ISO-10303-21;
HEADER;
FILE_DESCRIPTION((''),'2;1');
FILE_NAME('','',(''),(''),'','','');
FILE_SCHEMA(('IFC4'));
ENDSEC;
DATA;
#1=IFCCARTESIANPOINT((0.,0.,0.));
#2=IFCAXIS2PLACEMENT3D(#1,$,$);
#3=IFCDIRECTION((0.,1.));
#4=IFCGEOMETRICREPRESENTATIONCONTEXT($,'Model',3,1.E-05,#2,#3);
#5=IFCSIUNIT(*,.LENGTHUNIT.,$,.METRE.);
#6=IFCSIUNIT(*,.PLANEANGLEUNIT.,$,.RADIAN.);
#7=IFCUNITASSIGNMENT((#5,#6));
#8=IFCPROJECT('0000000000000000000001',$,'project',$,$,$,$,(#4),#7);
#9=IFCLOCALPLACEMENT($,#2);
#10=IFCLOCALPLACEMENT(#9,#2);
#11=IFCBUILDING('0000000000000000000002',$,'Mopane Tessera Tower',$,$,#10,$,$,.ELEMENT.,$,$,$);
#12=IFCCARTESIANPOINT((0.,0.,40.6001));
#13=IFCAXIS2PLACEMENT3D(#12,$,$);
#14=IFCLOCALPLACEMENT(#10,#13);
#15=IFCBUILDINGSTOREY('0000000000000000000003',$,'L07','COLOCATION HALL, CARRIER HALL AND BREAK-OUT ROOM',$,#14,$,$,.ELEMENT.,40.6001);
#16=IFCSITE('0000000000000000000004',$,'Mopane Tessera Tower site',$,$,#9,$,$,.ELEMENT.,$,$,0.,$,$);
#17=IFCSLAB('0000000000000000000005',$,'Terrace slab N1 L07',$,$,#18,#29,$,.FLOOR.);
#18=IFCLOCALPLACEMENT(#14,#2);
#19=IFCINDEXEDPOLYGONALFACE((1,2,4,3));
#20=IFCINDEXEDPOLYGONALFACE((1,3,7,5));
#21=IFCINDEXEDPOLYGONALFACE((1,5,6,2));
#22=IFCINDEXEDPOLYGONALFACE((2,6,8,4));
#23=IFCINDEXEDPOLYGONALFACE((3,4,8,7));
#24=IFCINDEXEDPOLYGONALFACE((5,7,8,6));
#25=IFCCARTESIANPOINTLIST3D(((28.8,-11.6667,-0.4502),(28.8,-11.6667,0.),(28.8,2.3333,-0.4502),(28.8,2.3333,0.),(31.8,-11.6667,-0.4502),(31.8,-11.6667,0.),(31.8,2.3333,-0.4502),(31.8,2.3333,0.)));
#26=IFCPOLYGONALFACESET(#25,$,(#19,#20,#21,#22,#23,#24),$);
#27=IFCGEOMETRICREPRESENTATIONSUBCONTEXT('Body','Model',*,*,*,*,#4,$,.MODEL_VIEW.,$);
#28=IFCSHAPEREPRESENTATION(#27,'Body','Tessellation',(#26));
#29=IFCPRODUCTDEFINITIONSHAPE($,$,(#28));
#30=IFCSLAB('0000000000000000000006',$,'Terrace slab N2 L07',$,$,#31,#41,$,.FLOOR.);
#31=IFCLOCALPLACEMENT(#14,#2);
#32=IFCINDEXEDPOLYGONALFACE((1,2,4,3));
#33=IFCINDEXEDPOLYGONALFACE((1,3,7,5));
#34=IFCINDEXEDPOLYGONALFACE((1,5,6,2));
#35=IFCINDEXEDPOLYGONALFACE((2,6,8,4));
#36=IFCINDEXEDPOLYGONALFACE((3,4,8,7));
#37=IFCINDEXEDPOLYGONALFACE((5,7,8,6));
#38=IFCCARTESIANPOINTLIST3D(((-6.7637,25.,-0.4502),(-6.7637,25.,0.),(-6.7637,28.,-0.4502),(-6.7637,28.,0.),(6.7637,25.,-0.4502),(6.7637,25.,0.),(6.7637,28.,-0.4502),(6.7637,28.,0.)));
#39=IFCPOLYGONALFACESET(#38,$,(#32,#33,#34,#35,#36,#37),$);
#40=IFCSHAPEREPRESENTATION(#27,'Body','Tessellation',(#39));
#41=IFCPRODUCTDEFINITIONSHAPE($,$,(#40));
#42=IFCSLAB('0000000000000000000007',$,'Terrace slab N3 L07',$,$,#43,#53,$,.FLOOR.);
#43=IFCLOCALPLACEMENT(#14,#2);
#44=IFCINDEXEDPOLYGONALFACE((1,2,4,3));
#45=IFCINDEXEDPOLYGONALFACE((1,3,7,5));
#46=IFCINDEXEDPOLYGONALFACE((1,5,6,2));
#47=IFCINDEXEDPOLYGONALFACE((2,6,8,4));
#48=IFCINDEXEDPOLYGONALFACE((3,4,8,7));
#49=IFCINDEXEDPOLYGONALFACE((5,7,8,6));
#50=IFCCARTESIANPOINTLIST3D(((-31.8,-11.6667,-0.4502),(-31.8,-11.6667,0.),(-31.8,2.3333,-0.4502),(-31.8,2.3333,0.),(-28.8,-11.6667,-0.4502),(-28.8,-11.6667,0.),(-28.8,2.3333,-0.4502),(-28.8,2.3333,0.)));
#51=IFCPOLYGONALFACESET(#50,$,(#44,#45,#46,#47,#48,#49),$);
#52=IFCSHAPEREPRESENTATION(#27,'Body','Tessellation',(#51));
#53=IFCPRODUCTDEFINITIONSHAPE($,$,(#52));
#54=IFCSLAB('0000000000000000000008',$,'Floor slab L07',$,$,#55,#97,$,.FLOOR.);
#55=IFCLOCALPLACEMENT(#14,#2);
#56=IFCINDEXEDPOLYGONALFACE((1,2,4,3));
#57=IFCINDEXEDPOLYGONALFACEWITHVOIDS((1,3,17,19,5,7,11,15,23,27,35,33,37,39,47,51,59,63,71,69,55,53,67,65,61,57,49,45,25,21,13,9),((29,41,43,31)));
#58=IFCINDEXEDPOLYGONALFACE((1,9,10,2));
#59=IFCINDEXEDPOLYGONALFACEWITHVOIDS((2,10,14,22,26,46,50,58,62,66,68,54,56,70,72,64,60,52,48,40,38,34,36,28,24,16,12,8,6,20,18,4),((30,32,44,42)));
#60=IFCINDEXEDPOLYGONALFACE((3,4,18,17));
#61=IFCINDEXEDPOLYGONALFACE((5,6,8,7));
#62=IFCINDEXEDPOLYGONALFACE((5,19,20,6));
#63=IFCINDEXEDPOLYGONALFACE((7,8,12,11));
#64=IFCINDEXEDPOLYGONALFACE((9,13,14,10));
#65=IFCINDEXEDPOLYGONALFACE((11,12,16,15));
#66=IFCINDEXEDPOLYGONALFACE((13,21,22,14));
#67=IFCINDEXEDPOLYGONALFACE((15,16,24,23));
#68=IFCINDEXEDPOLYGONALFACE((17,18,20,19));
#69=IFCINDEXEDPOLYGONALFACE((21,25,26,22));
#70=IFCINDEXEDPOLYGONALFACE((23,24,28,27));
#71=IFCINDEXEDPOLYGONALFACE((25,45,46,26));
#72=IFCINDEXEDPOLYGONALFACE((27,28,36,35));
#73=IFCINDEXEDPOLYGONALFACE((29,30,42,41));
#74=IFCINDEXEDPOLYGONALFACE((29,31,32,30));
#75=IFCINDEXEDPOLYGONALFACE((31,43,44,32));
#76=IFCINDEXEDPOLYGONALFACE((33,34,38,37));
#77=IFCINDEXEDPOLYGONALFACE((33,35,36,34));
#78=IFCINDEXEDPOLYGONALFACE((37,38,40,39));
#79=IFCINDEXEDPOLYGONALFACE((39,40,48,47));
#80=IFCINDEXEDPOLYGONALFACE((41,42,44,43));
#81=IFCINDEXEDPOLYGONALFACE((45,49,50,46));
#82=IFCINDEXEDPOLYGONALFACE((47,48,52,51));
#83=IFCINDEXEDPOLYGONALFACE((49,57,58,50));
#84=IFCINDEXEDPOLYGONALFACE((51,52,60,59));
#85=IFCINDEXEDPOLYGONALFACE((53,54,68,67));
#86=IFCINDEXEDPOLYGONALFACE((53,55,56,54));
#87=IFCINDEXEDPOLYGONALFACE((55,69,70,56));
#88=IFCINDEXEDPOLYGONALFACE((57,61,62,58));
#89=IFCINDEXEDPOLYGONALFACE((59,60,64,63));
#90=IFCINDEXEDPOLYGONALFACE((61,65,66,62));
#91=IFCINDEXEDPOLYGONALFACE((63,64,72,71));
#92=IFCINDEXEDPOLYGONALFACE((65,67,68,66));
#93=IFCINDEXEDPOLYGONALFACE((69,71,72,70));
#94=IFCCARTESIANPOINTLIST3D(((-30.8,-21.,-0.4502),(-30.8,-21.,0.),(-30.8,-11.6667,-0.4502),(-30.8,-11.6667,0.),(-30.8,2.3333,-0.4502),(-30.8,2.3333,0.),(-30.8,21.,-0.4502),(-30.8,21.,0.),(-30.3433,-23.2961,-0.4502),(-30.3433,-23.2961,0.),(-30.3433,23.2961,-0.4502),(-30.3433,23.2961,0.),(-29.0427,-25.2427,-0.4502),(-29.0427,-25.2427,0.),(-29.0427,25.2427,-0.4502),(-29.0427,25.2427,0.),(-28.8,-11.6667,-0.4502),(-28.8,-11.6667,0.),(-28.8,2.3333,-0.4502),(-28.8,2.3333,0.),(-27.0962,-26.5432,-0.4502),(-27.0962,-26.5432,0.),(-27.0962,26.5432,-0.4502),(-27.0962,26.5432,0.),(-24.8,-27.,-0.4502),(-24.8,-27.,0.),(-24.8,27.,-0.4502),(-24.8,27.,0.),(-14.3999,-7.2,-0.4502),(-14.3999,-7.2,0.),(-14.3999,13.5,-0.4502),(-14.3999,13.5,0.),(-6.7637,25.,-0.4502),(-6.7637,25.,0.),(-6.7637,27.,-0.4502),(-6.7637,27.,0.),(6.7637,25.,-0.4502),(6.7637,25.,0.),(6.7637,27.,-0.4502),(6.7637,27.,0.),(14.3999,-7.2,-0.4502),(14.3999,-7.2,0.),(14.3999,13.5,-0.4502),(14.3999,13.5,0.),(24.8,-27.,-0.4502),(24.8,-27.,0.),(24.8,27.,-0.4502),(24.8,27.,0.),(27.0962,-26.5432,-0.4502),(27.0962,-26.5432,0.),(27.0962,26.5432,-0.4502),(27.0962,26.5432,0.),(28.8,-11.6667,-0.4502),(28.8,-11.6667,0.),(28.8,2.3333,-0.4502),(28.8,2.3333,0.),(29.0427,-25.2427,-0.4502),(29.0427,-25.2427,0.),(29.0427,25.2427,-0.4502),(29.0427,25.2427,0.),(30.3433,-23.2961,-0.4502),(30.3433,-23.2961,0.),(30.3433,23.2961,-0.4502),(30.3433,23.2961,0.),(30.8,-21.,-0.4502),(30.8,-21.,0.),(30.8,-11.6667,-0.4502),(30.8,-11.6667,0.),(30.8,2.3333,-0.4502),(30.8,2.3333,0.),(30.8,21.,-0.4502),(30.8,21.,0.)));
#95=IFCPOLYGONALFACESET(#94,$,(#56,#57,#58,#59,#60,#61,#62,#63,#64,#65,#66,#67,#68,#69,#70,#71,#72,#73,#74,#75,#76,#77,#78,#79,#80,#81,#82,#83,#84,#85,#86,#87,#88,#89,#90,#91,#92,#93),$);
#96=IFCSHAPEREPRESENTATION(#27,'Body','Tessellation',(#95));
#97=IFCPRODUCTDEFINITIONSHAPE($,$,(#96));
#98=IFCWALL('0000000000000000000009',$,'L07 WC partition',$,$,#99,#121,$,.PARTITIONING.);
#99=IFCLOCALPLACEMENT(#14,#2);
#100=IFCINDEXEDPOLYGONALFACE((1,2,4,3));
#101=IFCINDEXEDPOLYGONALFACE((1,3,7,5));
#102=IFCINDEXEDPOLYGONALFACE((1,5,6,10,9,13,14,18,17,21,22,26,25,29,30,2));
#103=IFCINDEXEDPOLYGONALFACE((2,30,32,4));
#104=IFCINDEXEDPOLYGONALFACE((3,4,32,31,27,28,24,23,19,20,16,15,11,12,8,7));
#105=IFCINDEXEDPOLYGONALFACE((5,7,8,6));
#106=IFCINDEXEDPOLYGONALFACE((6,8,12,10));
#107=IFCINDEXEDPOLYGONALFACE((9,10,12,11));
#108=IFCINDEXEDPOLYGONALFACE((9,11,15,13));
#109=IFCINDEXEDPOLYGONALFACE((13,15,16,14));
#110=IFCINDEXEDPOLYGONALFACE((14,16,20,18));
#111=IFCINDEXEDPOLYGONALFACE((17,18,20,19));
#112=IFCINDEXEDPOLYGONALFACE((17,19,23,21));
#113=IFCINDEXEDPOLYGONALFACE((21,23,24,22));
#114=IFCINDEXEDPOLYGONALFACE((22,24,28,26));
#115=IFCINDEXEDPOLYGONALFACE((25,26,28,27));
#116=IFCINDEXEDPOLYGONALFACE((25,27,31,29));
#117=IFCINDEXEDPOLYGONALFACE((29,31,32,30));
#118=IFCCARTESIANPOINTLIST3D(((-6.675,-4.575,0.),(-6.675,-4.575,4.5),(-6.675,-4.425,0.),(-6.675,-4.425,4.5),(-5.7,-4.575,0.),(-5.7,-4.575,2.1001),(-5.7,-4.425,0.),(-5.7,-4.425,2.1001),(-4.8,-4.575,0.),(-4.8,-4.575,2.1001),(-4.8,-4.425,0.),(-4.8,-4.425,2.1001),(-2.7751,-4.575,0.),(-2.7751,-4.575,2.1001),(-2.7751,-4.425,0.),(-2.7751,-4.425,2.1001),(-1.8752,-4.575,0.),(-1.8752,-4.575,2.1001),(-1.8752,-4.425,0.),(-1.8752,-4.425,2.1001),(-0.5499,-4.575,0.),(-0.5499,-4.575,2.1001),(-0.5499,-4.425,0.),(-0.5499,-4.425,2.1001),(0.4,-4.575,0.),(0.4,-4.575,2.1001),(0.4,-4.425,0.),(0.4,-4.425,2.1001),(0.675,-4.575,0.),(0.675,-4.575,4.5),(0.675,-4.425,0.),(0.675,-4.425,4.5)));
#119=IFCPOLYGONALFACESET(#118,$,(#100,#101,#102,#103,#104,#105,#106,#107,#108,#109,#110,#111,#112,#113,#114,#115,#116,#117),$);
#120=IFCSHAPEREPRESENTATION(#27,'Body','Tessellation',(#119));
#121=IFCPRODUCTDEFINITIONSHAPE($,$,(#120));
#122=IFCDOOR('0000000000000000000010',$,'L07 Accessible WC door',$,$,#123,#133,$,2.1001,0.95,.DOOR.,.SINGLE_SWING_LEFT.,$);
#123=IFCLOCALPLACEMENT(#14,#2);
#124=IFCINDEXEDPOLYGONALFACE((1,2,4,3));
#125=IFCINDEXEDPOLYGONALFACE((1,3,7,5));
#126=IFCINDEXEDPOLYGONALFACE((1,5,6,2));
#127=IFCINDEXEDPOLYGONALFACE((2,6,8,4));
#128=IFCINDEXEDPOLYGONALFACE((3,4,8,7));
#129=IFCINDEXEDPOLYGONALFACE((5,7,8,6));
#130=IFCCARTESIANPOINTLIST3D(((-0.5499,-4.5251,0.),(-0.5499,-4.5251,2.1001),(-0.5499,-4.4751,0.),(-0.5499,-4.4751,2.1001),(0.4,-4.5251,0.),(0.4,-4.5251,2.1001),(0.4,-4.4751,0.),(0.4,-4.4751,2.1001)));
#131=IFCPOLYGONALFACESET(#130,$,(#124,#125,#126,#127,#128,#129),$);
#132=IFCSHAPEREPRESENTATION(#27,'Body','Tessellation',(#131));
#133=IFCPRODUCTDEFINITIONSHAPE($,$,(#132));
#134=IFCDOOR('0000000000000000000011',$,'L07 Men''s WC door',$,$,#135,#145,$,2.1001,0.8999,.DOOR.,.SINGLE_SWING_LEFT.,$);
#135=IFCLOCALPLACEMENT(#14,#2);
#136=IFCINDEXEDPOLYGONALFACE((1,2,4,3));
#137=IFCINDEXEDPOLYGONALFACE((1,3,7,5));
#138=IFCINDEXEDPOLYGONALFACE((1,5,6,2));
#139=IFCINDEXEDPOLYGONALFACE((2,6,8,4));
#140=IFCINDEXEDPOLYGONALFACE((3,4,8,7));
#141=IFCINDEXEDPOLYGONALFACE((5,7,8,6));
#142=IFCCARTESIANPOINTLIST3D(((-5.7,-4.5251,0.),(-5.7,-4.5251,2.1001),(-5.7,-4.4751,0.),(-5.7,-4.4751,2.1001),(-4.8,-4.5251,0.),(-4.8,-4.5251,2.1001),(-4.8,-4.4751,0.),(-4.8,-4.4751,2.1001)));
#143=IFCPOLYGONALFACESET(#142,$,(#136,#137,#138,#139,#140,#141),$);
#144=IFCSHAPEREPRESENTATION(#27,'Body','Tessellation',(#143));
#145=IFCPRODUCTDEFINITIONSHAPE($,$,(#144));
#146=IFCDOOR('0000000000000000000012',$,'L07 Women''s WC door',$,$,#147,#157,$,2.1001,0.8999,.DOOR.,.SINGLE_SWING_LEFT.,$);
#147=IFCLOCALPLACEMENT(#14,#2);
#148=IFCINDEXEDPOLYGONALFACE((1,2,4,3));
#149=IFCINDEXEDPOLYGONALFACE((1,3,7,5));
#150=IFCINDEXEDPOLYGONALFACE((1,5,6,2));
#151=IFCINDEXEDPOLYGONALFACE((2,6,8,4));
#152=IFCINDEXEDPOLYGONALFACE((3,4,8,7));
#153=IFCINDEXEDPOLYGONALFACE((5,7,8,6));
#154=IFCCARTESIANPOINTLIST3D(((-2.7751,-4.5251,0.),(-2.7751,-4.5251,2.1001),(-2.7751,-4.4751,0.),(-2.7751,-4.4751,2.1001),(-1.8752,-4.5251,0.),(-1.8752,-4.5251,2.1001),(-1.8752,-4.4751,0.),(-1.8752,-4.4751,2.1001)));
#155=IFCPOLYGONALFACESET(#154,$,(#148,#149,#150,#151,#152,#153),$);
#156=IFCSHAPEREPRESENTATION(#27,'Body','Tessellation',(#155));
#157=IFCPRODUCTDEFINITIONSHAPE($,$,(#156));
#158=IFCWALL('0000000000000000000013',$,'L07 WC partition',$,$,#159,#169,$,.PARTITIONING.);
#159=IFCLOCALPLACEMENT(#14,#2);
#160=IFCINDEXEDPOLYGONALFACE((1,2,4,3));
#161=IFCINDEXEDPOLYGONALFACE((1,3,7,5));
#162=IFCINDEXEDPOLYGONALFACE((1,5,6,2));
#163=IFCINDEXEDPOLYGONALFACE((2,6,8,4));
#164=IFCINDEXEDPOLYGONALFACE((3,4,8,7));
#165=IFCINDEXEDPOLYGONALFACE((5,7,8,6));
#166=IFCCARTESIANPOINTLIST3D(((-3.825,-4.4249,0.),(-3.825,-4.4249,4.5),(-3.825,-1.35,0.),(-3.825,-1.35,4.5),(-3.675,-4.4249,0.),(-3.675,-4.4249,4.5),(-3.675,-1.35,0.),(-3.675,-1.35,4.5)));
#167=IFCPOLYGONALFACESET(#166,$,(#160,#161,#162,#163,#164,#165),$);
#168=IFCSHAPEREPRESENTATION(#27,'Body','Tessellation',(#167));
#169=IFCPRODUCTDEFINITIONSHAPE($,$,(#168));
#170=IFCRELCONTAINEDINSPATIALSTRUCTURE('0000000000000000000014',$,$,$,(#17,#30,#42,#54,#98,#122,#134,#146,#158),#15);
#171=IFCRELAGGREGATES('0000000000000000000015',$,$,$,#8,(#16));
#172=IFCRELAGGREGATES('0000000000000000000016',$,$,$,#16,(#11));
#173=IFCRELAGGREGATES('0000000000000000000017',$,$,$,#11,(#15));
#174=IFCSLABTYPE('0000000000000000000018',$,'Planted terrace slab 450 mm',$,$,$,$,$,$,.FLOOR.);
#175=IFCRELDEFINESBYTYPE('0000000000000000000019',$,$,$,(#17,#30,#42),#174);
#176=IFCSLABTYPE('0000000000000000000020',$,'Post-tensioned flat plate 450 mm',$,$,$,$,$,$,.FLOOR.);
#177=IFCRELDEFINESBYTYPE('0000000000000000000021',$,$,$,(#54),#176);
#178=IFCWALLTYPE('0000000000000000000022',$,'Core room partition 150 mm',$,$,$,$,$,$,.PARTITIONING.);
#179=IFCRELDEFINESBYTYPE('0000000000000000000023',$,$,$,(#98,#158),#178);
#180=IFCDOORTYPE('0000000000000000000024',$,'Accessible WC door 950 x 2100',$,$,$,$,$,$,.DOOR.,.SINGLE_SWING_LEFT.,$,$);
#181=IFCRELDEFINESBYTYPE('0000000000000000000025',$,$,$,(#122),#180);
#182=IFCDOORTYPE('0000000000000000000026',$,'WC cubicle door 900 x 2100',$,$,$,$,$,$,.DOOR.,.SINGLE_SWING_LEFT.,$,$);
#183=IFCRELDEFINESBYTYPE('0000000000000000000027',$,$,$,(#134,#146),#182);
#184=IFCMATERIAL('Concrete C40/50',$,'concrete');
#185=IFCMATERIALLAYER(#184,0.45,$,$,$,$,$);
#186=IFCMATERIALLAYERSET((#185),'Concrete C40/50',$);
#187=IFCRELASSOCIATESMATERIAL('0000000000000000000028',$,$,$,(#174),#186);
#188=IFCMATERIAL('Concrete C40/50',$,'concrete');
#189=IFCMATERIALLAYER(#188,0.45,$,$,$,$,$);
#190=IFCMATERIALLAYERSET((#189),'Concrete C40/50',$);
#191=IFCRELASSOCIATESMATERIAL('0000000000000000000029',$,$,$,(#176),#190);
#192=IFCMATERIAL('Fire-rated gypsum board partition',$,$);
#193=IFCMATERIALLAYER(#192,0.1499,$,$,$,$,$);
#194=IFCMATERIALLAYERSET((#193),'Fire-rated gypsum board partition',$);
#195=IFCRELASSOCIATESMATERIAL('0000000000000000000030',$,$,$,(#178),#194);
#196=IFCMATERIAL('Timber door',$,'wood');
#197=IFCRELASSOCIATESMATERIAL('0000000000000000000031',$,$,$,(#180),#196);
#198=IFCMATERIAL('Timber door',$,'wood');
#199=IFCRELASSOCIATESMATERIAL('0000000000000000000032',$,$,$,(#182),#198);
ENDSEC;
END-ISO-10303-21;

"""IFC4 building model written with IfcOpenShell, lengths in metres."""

from ifc_helpers import new_model, si_unit, direction, frame, frame_2d, origin, place, context, subcontext, project, spatial, polyline, rectangle, outline, extrude, material, layer, layer_set, type_object, element, fill, save


model = new_model("IFC4")

# Units and contexts
model_context = context("Model", 3, precision=1e-05, world=origin(), true_north=direction((0.0, 1.0)))
body_context = subcontext(model_context, "Body", "Model", "MODEL_VIEW")
ifc_project = project(units=[si_unit("LENGTHUNIT", "METRE"), si_unit("PLANEANGLEUNIT", "RADIAN")], contexts=[model_context])

# Site, building, storey
site_placement = place(None, origin())
site = spatial("IfcSite", under=ifc_project, at=site_placement, Name="Mopane Tessera Tower site", CompositionType="ELEMENT", RefElevation=0.0)
building_placement = place(site_placement, origin())
building = spatial("IfcBuilding", under=site, at=building_placement, Name="Mopane Tessera Tower", CompositionType="ELEMENT")
storey_placement = place(building_placement, frame((0.0, 0.0, 40.6001)))
storey = spatial("IfcBuildingStorey", under=building, at=storey_placement, Name="L07", Description="COLOCATION HALL, CARRIER HALL AND BREAK-OUT ROOM", CompositionType="ELEMENT", Elevation=40.6001)

# Slabs
ifc_material_1 = material(Name="Concrete C40/50", Category="concrete")
ifc_layer_1 = layer(ifc_material_1, 0.45)
ifc_layer_set_1 = layer_set([ifc_layer_1], Name="Concrete C40/50")
slab_type_1 = type_object("IfcSlabType", Name="Planted terrace slab 450 mm", PredefinedType="FLOOR", material=ifc_layer_set_1)
slab_1_placement = place(storey_placement, frame((0.0, 0.0, -0.4502)))
element("IfcSlab", 1, at=slab_1_placement, inside=storey, type_object=slab_type_1, Name="Terrace slab N1 L07", PredefinedType="FLOOR", context=body_context, shape_type="SweptSolid", body=[
    extrude(outline(polyline([(31.8, 2.3333), (28.8, 2.3333), (28.8, -11.6667), (31.8, -11.6667), (31.8, 2.3333)])), origin(), (0.0, 0.0, 1.0), 0.4502),
])
slab_2_placement = place(storey_placement, frame((0.0, 0.0, -0.4502)))
element("IfcSlab", 2, at=slab_2_placement, inside=storey, type_object=slab_type_1, Name="Terrace slab N2 L07", PredefinedType="FLOOR", context=body_context, shape_type="SweptSolid", body=[
    extrude(outline(polyline([(-6.7637, 28.0), (-6.7637, 25.0), (6.7637, 25.0), (6.7637, 28.0), (-6.7637, 28.0)])), origin(), (0.0, 0.0, 1.0), 0.4502),
])
slab_3_placement = place(storey_placement, frame((0.0, 0.0, -0.4502)))
element("IfcSlab", 3, at=slab_3_placement, inside=storey, type_object=slab_type_1, Name="Terrace slab N3 L07", PredefinedType="FLOOR", context=body_context, shape_type="SweptSolid", body=[
    extrude(outline(polyline([(-31.8, -11.6667), (-28.8, -11.6667), (-28.8, 2.3333), (-31.8, 2.3333), (-31.8, -11.6667)])), origin(), (0.0, 0.0, 1.0), 0.4502),
])
ifc_material_2 = material(Name="Concrete C40/50", Category="concrete")
ifc_layer_2 = layer(ifc_material_2, 0.45)
ifc_layer_set_2 = layer_set([ifc_layer_2], Name="Concrete C40/50")
slab_type_2 = type_object("IfcSlabType", Name="Post-tensioned flat plate 450 mm", PredefinedType="FLOOR", material=ifc_layer_set_2)
slab_4_placement = place(storey_placement, frame((0.0, 0.0, -0.4502)))
element("IfcSlab", 4, at=slab_4_placement, inside=storey, type_object=slab_type_2, Name="Floor slab L07", PredefinedType="FLOOR", context=body_context, shape_type="SweptSolid", body=[
    extrude(outline(polyline([(30.8, -21.0), (30.8, -11.6667), (28.8, -11.6667), (28.8, 2.3333), (30.8, 2.3333), (30.8, 21.0), (30.3433, 23.2961), (29.0427, 25.2427), (27.0962, 26.5432), (24.8, 27.0), (6.7637, 27.0), (6.7637, 25.0), (-6.7637, 25.0), (-6.7637, 27.0), (-24.8, 27.0), (-27.0962, 26.5432), (-29.0427, 25.2427), (-30.3433, 23.2961), (-30.8, 21.0), (-30.8, 2.3333), (-28.8, 2.3333), (-28.8, -11.6667), (-30.8, -11.6667), (-30.8, -21.0), (-30.3433, -23.2961), (-29.0427, -25.2427), (-27.0962, -26.5432), (-24.8, -27.0), (24.8, -27.0), (27.0962, -26.5432), (29.0427, -25.2427), (30.3433, -23.2961), (30.8, -21.0)]), holes=[polyline([(14.3999, -7.2), (-14.3999, -7.2), (-14.3999, 13.5), (14.3999, 13.5), (14.3999, -7.2)])]), origin(), (0.0, 0.0, 1.0), 0.4502),
])

# Wall, openings, doors
ifc_material_3 = material(Name="Fire-rated gypsum board partition")
ifc_layer_3 = layer(ifc_material_3, 0.1499)
ifc_layer_set_3 = layer_set([ifc_layer_3], Name="Fire-rated gypsum board partition")
wall_type_1 = type_object("IfcWallType", Name="Core room partition 150 mm", PredefinedType="PARTITIONING", material=ifc_layer_set_3)
wall_1_placement = place(storey_placement, frame((-6.675, -4.5, 0.0), z_axis=(0.0, 0.0, 1.0), x_axis=(1.0, 0.0, 0.0)))
wall_1 = element("IfcWall", 5, at=wall_1_placement, inside=storey, type_object=wall_type_1, Name="L07 WC partition", PredefinedType="PARTITIONING", context=body_context, shape_type="SweptSolid", body=[
    extrude(rectangle(XDim=7.3501, YDim=0.1499, at=frame_2d((3.675, 0.0))), origin(), (0.0, 0.0, 1.0), 4.5),
])
opening_1_placement = place(wall_1_placement, frame((0.9751, 0.0, 0.0)))
opening_1 = element("IfcOpeningElement", 6, at=opening_1_placement, cuts=wall_1, PredefinedType="OPENING", context=body_context, shape_type="SweptSolid", body=[
    extrude(rectangle(XDim=0.8999, YDim=2.1001, at=frame_2d((0.45, 1.05))), frame((0.0, 0.0869, 0.0), z_axis=(0.0, -1.0, 0.0), x_axis=(1.0, 0.0, 0.0)), (0.0, 0.0, 1.0), 0.1738),
])
opening_2_placement = place(wall_1_placement, frame((3.8999, 0.0, 0.0)))
opening_2 = element("IfcOpeningElement", 7, at=opening_2_placement, cuts=wall_1, PredefinedType="OPENING", context=body_context, shape_type="SweptSolid", body=[
    extrude(rectangle(XDim=0.8999, YDim=2.1001, at=frame_2d((0.45, 1.05))), frame((0.0, 0.0869, 0.0), z_axis=(0.0, -1.0, 0.0), x_axis=(1.0, 0.0, 0.0)), (0.0, 0.0, 1.0), 0.1738),
])
opening_3_placement = place(wall_1_placement, frame((6.125, 0.0, 0.0)))
opening_3 = element("IfcOpeningElement", 8, at=opening_3_placement, cuts=wall_1, PredefinedType="OPENING", context=body_context, shape_type="SweptSolid", body=[
    extrude(rectangle(XDim=0.95, YDim=2.1001, at=frame_2d((0.4751, 1.05))), frame((0.0, 0.0869, 0.0), z_axis=(0.0, -1.0, 0.0), x_axis=(1.0, 0.0, 0.0)), (0.0, 0.0, 1.0), 0.1738),
])
ifc_material_4 = material(Name="Timber door", Category="wood")
door_type_1 = type_object("IfcDoorType", Name="Accessible WC door 950 x 2100", OperationType="SINGLE_SWING_LEFT", PredefinedType="DOOR", material=ifc_material_4)
door_1_placement = place(opening_3_placement, origin())
door_1 = element("IfcDoor", 9, at=door_1_placement, inside=storey, type_object=door_type_1, Name="L07 Accessible WC door", OperationType="SINGLE_SWING_LEFT", OverallHeight=2.1001, OverallWidth=0.95, PredefinedType="DOOR", context=body_context, shape_type="SweptSolid", body=[
    extrude(rectangle(XDim=0.95, YDim=2.1001, at=frame_2d((0.4751, 1.05))), frame((0.0, 0.0249, 0.0), z_axis=(0.0, -1.0, 0.0), x_axis=(1.0, 0.0, 0.0)), (0.0, 0.0, 1.0), 0.05),
])
fill(opening_3, door_1)
ifc_material_5 = material(Name="Timber door", Category="wood")
door_type_2 = type_object("IfcDoorType", Name="WC cubicle door 900 x 2100", OperationType="SINGLE_SWING_LEFT", PredefinedType="DOOR", material=ifc_material_5)
door_2_placement = place(opening_1_placement, origin())
door_2 = element("IfcDoor", 10, at=door_2_placement, inside=storey, type_object=door_type_2, Name="L07 Men's WC door", OperationType="SINGLE_SWING_LEFT", OverallHeight=2.1001, OverallWidth=0.8999, PredefinedType="DOOR", context=body_context, shape_type="SweptSolid", body=[
    extrude(rectangle(XDim=0.8999, YDim=2.1001, at=frame_2d((0.45, 1.05))), frame((0.0, 0.0249, 0.0), z_axis=(0.0, -1.0, 0.0), x_axis=(1.0, 0.0, 0.0)), (0.0, 0.0, 1.0), 0.05),
])
fill(opening_1, door_2)
door_3_placement = place(opening_2_placement, origin())
door_3 = element("IfcDoor", 11, at=door_3_placement, inside=storey, type_object=door_type_2, Name="L07 Women's WC door", OperationType="SINGLE_SWING_LEFT", OverallHeight=2.1001, OverallWidth=0.8999, PredefinedType="DOOR", context=body_context, shape_type="SweptSolid", body=[
    extrude(rectangle(XDim=0.8999, YDim=2.1001, at=frame_2d((0.45, 1.05))), frame((0.0, 0.0249, 0.0), z_axis=(0.0, -1.0, 0.0), x_axis=(1.0, 0.0, 0.0)), (0.0, 0.0, 1.0), 0.05),
])
fill(opening_2, door_3)

# Wall
for number, where, z_axis, x_axis, name in (
    (12, (-3.75, -4.425, 0.0), (0.0, 0.0, 1.0), (0.0, 1.0, 0.0), "L07 WC partition"),
):
    element("IfcWall", number, at=place(storey_placement, frame(where, z_axis=z_axis, x_axis=x_axis)), inside=storey, type_object=wall_type_1, Name=name, PredefinedType="PARTITIONING", context=body_context, shape_type="SweptSolid", body=[
        extrude(rectangle(XDim=3.075, YDim=0.1499, at=frame_2d((1.5376, 0.0))), origin(), (0.0, 0.0, 1.0), 4.5),
    ])

save(model, "model.ifc")
